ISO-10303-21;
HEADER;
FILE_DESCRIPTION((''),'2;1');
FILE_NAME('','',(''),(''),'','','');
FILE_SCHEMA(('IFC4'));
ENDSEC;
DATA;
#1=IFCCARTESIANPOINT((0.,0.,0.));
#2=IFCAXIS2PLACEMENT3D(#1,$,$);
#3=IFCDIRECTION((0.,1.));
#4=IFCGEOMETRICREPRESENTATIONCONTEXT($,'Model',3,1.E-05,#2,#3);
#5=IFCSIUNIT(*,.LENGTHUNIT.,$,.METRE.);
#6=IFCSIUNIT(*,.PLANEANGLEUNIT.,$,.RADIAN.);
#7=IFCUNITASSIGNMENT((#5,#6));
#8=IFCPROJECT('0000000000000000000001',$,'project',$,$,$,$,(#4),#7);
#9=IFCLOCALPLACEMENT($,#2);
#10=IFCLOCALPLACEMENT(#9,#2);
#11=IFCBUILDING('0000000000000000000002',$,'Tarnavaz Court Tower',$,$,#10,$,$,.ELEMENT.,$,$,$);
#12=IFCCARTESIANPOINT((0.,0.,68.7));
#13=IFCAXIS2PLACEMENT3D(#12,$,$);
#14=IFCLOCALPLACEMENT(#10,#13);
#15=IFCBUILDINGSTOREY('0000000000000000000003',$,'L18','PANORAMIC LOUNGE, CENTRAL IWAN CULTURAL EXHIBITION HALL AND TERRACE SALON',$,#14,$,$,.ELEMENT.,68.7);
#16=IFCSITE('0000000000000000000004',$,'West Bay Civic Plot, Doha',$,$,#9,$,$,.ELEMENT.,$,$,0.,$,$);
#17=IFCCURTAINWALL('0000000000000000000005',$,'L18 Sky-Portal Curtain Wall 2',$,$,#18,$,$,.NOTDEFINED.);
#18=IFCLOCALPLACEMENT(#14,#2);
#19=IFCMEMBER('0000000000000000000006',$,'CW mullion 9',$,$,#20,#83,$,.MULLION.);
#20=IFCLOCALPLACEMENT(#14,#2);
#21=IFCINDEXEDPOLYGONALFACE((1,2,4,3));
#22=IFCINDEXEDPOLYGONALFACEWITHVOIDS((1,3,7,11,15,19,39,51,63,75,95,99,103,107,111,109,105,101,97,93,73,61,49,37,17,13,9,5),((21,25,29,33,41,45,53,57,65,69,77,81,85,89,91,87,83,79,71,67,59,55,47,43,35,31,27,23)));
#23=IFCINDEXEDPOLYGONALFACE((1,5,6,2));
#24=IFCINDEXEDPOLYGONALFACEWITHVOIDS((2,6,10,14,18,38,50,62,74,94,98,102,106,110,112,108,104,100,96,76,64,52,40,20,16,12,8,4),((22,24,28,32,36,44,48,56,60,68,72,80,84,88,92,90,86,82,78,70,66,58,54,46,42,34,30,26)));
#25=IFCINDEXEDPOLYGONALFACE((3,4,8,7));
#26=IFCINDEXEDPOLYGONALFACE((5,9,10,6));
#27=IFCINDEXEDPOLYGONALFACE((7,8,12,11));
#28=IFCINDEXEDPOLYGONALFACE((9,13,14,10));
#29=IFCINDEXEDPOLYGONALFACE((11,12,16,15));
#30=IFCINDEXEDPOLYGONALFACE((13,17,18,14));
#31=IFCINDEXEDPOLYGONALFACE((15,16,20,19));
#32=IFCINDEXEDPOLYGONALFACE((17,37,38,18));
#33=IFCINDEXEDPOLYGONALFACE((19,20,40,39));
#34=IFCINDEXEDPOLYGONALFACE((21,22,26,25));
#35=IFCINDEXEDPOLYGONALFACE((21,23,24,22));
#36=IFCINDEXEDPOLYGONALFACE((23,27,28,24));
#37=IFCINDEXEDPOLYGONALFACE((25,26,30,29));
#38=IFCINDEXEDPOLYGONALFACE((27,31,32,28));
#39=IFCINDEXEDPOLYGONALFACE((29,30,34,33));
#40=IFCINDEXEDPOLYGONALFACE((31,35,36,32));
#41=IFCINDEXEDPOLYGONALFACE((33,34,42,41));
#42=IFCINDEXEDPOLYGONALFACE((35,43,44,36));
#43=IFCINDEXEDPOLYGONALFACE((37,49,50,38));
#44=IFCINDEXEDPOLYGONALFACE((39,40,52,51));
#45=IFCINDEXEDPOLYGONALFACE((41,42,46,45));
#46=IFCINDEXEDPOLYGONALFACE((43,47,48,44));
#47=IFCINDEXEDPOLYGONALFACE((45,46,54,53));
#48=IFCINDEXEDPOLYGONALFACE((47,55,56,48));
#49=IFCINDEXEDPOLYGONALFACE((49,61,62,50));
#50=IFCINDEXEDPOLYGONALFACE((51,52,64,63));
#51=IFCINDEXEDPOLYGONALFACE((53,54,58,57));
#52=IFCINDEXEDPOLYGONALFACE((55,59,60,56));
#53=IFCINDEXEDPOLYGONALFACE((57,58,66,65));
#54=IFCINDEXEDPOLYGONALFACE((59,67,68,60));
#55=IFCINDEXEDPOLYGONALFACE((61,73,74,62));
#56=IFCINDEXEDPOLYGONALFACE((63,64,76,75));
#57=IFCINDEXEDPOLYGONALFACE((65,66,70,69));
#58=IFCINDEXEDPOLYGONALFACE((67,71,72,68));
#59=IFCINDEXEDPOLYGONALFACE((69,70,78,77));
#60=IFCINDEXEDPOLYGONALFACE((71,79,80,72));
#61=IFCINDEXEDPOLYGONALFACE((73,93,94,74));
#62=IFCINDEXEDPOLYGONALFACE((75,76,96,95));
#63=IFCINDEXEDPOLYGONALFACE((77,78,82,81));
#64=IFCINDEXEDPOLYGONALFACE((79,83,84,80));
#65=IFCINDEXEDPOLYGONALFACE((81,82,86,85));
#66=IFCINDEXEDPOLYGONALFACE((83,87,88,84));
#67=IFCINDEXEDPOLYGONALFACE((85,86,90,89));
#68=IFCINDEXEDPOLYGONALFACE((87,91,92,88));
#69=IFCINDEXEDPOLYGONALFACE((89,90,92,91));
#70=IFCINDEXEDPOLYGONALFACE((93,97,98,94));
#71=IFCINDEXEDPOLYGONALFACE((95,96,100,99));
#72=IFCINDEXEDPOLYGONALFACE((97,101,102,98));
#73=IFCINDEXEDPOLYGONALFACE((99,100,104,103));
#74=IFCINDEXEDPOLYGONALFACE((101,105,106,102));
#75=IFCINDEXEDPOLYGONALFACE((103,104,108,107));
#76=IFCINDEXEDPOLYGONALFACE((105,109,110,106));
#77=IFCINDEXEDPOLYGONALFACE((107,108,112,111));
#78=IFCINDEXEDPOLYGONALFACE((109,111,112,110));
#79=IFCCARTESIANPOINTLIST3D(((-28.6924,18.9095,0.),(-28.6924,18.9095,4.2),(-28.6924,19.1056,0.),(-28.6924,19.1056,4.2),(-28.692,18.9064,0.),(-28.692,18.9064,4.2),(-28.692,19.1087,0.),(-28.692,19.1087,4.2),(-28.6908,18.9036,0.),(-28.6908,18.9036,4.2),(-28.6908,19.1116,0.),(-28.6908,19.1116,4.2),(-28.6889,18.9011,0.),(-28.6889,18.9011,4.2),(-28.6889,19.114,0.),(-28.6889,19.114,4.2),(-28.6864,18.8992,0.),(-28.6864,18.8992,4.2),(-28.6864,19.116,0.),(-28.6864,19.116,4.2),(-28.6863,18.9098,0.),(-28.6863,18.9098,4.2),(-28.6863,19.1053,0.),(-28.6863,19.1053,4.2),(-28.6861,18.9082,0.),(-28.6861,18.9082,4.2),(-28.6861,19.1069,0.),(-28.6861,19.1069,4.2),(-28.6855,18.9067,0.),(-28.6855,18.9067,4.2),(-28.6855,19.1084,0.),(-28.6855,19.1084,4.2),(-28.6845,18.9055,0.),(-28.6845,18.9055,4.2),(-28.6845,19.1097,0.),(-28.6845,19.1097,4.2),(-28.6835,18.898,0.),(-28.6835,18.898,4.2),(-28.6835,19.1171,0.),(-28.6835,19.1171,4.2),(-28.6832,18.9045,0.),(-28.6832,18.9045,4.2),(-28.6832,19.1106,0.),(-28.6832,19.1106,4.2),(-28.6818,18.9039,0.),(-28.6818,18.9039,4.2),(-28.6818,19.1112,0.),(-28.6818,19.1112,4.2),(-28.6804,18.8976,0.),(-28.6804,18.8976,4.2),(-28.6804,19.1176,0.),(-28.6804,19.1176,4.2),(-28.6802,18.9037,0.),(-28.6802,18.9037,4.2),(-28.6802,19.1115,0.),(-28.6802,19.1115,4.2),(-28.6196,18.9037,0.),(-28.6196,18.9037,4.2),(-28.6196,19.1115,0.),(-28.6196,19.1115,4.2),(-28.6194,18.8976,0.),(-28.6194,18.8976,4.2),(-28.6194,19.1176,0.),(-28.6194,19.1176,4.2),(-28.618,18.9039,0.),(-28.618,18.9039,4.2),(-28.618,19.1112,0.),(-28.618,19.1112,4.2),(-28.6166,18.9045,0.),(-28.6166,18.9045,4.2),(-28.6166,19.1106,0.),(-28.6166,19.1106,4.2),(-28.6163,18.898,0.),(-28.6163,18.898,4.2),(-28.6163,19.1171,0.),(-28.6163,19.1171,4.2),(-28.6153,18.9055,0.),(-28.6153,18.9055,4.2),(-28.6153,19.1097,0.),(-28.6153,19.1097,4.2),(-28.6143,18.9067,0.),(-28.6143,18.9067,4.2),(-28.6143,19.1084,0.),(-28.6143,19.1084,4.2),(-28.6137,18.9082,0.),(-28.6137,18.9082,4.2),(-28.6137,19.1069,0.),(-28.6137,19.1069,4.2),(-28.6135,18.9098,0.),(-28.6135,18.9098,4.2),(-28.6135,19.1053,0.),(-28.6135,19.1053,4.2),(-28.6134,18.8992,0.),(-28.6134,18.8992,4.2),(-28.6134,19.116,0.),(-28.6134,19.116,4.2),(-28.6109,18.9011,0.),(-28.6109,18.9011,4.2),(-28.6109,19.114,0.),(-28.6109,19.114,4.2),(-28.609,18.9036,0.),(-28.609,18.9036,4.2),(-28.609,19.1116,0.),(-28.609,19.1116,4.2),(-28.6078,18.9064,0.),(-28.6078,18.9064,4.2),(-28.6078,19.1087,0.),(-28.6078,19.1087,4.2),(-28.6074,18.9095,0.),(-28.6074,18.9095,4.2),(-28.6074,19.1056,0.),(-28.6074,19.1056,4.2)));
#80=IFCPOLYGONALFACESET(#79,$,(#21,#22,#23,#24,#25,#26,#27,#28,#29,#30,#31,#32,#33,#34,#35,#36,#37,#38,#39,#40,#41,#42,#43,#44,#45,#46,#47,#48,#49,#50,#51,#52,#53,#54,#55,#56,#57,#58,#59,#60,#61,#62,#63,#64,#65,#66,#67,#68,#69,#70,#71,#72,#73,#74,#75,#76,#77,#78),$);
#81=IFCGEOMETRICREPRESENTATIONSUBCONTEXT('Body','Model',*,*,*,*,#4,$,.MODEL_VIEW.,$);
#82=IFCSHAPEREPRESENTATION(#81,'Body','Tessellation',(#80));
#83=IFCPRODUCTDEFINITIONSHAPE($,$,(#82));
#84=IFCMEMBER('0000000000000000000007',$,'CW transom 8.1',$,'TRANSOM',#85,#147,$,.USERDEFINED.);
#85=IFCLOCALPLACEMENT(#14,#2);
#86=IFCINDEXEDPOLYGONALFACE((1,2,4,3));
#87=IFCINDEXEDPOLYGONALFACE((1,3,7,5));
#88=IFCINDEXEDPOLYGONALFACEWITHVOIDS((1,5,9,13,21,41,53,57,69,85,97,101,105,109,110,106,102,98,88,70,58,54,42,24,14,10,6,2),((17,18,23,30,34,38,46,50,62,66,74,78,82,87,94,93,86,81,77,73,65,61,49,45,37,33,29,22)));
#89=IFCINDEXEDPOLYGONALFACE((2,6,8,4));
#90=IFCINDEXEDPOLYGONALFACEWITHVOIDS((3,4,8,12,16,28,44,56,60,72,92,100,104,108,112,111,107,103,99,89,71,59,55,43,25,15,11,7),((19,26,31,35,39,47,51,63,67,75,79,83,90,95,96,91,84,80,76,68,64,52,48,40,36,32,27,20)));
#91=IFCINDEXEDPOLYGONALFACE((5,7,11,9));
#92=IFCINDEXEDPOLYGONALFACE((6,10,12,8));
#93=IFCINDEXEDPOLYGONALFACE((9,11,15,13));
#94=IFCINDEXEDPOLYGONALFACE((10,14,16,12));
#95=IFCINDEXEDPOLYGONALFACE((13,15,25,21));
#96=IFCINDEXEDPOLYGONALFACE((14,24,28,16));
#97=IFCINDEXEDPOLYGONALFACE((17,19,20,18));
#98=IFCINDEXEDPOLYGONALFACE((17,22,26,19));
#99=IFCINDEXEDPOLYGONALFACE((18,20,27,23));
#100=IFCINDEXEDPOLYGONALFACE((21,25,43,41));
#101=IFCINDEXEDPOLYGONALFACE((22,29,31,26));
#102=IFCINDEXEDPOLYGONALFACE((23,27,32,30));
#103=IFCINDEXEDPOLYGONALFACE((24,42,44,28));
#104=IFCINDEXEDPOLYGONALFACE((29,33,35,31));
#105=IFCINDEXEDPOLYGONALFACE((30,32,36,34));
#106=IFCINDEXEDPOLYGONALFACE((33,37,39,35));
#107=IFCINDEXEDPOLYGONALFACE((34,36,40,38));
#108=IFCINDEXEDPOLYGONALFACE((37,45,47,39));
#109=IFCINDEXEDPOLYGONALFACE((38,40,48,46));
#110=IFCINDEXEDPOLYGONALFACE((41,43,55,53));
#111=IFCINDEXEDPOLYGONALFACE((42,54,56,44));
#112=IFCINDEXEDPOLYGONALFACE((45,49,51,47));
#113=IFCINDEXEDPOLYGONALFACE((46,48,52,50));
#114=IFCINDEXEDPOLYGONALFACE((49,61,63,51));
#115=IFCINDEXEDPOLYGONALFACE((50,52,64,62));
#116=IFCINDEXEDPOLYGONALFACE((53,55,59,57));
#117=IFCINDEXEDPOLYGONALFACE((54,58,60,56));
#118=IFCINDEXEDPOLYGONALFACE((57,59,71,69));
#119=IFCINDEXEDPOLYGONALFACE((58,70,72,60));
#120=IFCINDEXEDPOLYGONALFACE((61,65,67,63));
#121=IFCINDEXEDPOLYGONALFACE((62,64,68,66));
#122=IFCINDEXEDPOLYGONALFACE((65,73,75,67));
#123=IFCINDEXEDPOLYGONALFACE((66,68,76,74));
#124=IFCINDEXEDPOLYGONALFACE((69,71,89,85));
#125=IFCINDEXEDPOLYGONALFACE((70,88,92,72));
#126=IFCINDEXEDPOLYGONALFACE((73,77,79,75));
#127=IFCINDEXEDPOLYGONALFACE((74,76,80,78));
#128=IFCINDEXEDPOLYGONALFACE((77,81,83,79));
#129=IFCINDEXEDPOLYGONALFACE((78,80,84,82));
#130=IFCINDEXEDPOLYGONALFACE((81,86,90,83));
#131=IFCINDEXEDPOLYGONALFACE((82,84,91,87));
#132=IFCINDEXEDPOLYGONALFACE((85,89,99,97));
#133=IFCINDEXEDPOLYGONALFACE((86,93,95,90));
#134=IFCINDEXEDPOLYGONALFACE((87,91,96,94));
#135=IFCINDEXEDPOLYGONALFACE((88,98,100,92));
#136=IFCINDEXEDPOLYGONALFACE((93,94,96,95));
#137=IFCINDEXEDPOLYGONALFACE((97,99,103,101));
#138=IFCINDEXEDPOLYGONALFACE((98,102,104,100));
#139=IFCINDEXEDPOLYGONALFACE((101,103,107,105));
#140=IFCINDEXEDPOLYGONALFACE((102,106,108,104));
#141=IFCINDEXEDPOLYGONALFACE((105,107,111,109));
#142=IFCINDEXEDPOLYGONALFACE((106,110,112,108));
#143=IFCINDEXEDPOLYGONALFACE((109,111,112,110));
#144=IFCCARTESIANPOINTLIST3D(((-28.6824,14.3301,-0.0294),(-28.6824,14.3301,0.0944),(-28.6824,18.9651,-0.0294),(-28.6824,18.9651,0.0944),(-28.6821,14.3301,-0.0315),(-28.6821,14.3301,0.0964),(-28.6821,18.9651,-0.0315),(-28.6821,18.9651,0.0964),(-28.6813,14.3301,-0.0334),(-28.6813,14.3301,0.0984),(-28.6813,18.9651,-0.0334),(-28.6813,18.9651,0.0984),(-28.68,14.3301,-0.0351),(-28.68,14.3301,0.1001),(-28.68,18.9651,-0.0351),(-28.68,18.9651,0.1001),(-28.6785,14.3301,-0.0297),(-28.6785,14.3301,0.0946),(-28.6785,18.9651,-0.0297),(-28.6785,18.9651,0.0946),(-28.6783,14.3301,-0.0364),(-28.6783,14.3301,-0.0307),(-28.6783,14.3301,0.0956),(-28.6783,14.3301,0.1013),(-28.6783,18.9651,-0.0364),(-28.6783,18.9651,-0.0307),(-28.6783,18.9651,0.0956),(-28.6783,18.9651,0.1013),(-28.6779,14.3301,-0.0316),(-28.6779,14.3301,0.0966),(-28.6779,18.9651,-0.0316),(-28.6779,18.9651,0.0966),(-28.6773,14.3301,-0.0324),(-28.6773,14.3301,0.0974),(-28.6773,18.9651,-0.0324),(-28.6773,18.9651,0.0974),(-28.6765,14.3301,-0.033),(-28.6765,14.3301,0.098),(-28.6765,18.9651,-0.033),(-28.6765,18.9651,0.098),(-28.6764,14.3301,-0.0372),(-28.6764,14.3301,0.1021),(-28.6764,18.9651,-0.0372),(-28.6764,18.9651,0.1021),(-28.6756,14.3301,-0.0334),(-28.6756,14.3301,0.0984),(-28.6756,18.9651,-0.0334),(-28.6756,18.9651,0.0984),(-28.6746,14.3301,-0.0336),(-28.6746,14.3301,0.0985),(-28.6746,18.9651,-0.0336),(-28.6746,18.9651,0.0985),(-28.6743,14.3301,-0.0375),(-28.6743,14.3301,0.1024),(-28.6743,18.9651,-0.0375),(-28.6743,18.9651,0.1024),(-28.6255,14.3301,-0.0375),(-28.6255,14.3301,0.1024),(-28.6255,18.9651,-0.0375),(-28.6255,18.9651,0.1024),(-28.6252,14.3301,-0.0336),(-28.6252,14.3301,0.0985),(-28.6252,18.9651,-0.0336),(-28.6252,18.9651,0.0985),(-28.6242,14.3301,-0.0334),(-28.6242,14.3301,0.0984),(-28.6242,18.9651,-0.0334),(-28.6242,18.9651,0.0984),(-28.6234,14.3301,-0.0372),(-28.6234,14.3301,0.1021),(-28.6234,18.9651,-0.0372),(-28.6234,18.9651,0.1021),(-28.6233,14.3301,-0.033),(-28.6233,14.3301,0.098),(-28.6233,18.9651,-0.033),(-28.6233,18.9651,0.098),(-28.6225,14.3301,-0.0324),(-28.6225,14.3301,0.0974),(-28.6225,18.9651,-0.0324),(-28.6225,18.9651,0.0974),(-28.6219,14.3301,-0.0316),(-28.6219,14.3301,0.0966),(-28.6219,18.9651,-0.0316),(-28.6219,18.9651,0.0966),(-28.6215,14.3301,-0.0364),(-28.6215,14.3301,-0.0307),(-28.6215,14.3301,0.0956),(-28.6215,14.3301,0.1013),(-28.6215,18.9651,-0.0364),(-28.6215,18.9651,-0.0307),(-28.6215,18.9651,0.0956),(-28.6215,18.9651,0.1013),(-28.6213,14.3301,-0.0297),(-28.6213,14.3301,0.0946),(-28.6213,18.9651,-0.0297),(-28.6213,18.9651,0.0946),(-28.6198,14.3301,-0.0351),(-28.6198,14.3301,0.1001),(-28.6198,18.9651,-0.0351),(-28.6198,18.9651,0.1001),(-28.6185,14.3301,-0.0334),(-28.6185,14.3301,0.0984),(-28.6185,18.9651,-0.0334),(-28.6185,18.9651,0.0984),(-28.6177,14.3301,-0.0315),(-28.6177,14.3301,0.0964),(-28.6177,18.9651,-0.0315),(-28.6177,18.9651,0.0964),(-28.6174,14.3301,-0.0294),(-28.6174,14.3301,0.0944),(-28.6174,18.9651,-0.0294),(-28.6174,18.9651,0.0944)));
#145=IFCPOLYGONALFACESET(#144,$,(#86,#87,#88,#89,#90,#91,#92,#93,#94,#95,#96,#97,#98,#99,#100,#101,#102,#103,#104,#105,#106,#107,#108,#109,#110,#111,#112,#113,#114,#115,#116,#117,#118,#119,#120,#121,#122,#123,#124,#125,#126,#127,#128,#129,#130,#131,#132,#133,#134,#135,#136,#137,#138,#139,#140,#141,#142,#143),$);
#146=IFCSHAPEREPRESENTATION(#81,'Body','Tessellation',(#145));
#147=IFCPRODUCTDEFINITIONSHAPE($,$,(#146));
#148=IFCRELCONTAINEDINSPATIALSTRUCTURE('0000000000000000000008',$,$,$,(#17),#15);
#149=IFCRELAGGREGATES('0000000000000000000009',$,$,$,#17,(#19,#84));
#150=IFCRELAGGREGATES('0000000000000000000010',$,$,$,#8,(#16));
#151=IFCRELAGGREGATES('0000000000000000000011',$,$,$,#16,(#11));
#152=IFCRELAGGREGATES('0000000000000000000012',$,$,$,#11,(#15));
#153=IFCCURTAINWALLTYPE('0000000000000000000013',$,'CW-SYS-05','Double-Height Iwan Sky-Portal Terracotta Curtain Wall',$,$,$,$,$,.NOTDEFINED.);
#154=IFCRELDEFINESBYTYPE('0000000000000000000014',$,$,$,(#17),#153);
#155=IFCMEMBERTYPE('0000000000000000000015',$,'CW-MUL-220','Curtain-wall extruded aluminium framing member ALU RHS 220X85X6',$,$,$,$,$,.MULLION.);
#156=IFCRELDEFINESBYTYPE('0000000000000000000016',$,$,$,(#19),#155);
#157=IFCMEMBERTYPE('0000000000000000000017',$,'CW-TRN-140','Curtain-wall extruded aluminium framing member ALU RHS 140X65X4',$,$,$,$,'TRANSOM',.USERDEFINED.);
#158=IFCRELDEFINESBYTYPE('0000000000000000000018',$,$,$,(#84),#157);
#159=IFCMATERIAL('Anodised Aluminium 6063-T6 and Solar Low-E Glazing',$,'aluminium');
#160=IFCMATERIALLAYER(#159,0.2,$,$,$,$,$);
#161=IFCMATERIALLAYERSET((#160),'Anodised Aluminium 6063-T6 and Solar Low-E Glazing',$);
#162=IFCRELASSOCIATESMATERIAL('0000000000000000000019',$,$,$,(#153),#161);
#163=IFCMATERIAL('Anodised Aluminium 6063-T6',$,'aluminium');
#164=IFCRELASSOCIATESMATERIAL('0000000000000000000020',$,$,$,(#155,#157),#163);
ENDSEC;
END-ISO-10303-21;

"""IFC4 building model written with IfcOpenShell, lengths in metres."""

from ifc_helpers import new_model, si_unit, direction, frame, origin, origin_2d, place, context, subcontext, project, spatial, hollow_rectangle, extrude, material, layer, layer_set, material_profile, profile_set, type_object, element, aggregate, save


model = new_model("IFC4")

# Units and contexts
model_context = context("Model", 3, precision=1e-05, world=origin(), true_north=direction((0.0, 1.0)))
body_context = subcontext(model_context, "Body", "Model", "MODEL_VIEW")
ifc_project = project(units=[si_unit("LENGTHUNIT", "METRE"), si_unit("PLANEANGLEUNIT", "RADIAN")], contexts=[model_context])

# Site, building, storey
site_placement = place(None, origin())
site = spatial("IfcSite", under=ifc_project, at=site_placement, Name="West Bay Civic Plot, Doha", CompositionType="ELEMENT", RefElevation=0.0)
building_placement = place(site_placement, origin())
building = spatial("IfcBuilding", under=site, at=building_placement, Name="Tarnavaz Court Tower", CompositionType="ELEMENT")
storey_placement = place(building_placement, frame((0.0, 0.0, 68.7)))
storey = spatial("IfcBuildingStorey", under=building, at=storey_placement, Name="L18", Description="PANORAMIC LOUNGE, CENTRAL IWAN CULTURAL EXHIBITION HALL AND TERRACE SALON", CompositionType="ELEMENT", Elevation=68.7)

# Curtain wall, members
ifc_material_1 = material(Name="Anodised Aluminium 6063-T6 and Solar Low-E Glazing", Category="aluminium")
ifc_layer_1 = layer(ifc_material_1, 0.2)
ifc_layer_set_1 = layer_set([ifc_layer_1], Name="Anodised Aluminium 6063-T6 and Solar Low-E Glazing")
curtain_wall_type = type_object("IfcCurtainWallType", Name="CW-SYS-05", Description="Double-Height Iwan Sky-Portal Terracotta Curtain Wall", PredefinedType="NOTDEFINED", material=ifc_layer_set_1)
curtain_wall_placement = place(storey_placement, origin())
curtain_wall = element("IfcCurtainWall", 1, at=curtain_wall_placement, inside=storey, type_object=curtain_wall_type, Name="L18 Sky-Portal Curtain Wall 2", PredefinedType="NOTDEFINED")
ifc_material_2 = material(Name="Anodised Aluminium 6063-T6", Category="aluminium")
ifc_material_profile_1 = material_profile(ifc_material_2, hollow_rectangle(XDim=0.085, YDim=0.22, WallThickness=0.0061, InnerFilletRadius=0.0061, OuterFilletRadius=0.012, at=origin_2d()), Name="ALU RHS 220X85X6")
ifc_profile_set_1 = profile_set([ifc_material_profile_1], Name="Anodised Aluminium 6063-T6")
member_type_1 = type_object("IfcMemberType", Name="CW-MUL-220", Description="Curtain-wall extruded aluminium framing member ALU RHS 220X85X6", PredefinedType="MULLION", material=ifc_profile_set_1)
member_1_placement = place(storey_placement, frame((-28.6499, 19.0076, 0.0), z_axis=(0.0, 0.0, 1.0), x_axis=(-1.0, 0.0, 0.0)))
member_1 = element("IfcMember", 2, at=member_1_placement, type_object=member_type_1, Name="CW mullion 9", PredefinedType="MULLION", context=body_context, shape_type="SweptSolid", body=[
    extrude(hollow_rectangle(XDim=0.085, YDim=0.22, WallThickness=0.0061, InnerFilletRadius=0.0061, OuterFilletRadius=0.012, at=origin_2d()), origin(), (0.0, 0.0, 1.0), 4.2),
])
ifc_material_profile_2 = material_profile(ifc_material_2, hollow_rectangle(XDim=0.0649, YDim=0.1399, WallThickness=0.0039, InnerFilletRadius=0.0039, OuterFilletRadius=0.0081, at=origin_2d()), Name="ALU RHS 140X65X4")
ifc_profile_set_2 = profile_set([ifc_material_profile_2], Name="Anodised Aluminium 6063-T6")
member_type_2 = type_object("IfcMemberType", Name="CW-TRN-140", Description="Curtain-wall extruded aluminium framing member ALU RHS 140X65X4", ElementType="TRANSOM", PredefinedType="USERDEFINED", material=ifc_profile_set_2)
member_2_placement = place(storey_placement, frame((-28.6499, 14.3301, 0.0325), z_axis=(0.0, 1.0, 0.0), x_axis=(-1.0, 0.0, 0.0)))
member_2 = element("IfcMember", 3, at=member_2_placement, type_object=member_type_2, Name="CW transom 8.1", ObjectType="TRANSOM", PredefinedType="USERDEFINED", context=body_context, shape_type="SweptSolid", body=[
    extrude(hollow_rectangle(XDim=0.0649, YDim=0.1399, WallThickness=0.0039, InnerFilletRadius=0.0039, OuterFilletRadius=0.0081, at=origin_2d()), origin(), (0.0, 0.0, 1.0), 4.635),
])
aggregate(curtain_wall, [member_1, member_2])

save(model, "model.ifc")
